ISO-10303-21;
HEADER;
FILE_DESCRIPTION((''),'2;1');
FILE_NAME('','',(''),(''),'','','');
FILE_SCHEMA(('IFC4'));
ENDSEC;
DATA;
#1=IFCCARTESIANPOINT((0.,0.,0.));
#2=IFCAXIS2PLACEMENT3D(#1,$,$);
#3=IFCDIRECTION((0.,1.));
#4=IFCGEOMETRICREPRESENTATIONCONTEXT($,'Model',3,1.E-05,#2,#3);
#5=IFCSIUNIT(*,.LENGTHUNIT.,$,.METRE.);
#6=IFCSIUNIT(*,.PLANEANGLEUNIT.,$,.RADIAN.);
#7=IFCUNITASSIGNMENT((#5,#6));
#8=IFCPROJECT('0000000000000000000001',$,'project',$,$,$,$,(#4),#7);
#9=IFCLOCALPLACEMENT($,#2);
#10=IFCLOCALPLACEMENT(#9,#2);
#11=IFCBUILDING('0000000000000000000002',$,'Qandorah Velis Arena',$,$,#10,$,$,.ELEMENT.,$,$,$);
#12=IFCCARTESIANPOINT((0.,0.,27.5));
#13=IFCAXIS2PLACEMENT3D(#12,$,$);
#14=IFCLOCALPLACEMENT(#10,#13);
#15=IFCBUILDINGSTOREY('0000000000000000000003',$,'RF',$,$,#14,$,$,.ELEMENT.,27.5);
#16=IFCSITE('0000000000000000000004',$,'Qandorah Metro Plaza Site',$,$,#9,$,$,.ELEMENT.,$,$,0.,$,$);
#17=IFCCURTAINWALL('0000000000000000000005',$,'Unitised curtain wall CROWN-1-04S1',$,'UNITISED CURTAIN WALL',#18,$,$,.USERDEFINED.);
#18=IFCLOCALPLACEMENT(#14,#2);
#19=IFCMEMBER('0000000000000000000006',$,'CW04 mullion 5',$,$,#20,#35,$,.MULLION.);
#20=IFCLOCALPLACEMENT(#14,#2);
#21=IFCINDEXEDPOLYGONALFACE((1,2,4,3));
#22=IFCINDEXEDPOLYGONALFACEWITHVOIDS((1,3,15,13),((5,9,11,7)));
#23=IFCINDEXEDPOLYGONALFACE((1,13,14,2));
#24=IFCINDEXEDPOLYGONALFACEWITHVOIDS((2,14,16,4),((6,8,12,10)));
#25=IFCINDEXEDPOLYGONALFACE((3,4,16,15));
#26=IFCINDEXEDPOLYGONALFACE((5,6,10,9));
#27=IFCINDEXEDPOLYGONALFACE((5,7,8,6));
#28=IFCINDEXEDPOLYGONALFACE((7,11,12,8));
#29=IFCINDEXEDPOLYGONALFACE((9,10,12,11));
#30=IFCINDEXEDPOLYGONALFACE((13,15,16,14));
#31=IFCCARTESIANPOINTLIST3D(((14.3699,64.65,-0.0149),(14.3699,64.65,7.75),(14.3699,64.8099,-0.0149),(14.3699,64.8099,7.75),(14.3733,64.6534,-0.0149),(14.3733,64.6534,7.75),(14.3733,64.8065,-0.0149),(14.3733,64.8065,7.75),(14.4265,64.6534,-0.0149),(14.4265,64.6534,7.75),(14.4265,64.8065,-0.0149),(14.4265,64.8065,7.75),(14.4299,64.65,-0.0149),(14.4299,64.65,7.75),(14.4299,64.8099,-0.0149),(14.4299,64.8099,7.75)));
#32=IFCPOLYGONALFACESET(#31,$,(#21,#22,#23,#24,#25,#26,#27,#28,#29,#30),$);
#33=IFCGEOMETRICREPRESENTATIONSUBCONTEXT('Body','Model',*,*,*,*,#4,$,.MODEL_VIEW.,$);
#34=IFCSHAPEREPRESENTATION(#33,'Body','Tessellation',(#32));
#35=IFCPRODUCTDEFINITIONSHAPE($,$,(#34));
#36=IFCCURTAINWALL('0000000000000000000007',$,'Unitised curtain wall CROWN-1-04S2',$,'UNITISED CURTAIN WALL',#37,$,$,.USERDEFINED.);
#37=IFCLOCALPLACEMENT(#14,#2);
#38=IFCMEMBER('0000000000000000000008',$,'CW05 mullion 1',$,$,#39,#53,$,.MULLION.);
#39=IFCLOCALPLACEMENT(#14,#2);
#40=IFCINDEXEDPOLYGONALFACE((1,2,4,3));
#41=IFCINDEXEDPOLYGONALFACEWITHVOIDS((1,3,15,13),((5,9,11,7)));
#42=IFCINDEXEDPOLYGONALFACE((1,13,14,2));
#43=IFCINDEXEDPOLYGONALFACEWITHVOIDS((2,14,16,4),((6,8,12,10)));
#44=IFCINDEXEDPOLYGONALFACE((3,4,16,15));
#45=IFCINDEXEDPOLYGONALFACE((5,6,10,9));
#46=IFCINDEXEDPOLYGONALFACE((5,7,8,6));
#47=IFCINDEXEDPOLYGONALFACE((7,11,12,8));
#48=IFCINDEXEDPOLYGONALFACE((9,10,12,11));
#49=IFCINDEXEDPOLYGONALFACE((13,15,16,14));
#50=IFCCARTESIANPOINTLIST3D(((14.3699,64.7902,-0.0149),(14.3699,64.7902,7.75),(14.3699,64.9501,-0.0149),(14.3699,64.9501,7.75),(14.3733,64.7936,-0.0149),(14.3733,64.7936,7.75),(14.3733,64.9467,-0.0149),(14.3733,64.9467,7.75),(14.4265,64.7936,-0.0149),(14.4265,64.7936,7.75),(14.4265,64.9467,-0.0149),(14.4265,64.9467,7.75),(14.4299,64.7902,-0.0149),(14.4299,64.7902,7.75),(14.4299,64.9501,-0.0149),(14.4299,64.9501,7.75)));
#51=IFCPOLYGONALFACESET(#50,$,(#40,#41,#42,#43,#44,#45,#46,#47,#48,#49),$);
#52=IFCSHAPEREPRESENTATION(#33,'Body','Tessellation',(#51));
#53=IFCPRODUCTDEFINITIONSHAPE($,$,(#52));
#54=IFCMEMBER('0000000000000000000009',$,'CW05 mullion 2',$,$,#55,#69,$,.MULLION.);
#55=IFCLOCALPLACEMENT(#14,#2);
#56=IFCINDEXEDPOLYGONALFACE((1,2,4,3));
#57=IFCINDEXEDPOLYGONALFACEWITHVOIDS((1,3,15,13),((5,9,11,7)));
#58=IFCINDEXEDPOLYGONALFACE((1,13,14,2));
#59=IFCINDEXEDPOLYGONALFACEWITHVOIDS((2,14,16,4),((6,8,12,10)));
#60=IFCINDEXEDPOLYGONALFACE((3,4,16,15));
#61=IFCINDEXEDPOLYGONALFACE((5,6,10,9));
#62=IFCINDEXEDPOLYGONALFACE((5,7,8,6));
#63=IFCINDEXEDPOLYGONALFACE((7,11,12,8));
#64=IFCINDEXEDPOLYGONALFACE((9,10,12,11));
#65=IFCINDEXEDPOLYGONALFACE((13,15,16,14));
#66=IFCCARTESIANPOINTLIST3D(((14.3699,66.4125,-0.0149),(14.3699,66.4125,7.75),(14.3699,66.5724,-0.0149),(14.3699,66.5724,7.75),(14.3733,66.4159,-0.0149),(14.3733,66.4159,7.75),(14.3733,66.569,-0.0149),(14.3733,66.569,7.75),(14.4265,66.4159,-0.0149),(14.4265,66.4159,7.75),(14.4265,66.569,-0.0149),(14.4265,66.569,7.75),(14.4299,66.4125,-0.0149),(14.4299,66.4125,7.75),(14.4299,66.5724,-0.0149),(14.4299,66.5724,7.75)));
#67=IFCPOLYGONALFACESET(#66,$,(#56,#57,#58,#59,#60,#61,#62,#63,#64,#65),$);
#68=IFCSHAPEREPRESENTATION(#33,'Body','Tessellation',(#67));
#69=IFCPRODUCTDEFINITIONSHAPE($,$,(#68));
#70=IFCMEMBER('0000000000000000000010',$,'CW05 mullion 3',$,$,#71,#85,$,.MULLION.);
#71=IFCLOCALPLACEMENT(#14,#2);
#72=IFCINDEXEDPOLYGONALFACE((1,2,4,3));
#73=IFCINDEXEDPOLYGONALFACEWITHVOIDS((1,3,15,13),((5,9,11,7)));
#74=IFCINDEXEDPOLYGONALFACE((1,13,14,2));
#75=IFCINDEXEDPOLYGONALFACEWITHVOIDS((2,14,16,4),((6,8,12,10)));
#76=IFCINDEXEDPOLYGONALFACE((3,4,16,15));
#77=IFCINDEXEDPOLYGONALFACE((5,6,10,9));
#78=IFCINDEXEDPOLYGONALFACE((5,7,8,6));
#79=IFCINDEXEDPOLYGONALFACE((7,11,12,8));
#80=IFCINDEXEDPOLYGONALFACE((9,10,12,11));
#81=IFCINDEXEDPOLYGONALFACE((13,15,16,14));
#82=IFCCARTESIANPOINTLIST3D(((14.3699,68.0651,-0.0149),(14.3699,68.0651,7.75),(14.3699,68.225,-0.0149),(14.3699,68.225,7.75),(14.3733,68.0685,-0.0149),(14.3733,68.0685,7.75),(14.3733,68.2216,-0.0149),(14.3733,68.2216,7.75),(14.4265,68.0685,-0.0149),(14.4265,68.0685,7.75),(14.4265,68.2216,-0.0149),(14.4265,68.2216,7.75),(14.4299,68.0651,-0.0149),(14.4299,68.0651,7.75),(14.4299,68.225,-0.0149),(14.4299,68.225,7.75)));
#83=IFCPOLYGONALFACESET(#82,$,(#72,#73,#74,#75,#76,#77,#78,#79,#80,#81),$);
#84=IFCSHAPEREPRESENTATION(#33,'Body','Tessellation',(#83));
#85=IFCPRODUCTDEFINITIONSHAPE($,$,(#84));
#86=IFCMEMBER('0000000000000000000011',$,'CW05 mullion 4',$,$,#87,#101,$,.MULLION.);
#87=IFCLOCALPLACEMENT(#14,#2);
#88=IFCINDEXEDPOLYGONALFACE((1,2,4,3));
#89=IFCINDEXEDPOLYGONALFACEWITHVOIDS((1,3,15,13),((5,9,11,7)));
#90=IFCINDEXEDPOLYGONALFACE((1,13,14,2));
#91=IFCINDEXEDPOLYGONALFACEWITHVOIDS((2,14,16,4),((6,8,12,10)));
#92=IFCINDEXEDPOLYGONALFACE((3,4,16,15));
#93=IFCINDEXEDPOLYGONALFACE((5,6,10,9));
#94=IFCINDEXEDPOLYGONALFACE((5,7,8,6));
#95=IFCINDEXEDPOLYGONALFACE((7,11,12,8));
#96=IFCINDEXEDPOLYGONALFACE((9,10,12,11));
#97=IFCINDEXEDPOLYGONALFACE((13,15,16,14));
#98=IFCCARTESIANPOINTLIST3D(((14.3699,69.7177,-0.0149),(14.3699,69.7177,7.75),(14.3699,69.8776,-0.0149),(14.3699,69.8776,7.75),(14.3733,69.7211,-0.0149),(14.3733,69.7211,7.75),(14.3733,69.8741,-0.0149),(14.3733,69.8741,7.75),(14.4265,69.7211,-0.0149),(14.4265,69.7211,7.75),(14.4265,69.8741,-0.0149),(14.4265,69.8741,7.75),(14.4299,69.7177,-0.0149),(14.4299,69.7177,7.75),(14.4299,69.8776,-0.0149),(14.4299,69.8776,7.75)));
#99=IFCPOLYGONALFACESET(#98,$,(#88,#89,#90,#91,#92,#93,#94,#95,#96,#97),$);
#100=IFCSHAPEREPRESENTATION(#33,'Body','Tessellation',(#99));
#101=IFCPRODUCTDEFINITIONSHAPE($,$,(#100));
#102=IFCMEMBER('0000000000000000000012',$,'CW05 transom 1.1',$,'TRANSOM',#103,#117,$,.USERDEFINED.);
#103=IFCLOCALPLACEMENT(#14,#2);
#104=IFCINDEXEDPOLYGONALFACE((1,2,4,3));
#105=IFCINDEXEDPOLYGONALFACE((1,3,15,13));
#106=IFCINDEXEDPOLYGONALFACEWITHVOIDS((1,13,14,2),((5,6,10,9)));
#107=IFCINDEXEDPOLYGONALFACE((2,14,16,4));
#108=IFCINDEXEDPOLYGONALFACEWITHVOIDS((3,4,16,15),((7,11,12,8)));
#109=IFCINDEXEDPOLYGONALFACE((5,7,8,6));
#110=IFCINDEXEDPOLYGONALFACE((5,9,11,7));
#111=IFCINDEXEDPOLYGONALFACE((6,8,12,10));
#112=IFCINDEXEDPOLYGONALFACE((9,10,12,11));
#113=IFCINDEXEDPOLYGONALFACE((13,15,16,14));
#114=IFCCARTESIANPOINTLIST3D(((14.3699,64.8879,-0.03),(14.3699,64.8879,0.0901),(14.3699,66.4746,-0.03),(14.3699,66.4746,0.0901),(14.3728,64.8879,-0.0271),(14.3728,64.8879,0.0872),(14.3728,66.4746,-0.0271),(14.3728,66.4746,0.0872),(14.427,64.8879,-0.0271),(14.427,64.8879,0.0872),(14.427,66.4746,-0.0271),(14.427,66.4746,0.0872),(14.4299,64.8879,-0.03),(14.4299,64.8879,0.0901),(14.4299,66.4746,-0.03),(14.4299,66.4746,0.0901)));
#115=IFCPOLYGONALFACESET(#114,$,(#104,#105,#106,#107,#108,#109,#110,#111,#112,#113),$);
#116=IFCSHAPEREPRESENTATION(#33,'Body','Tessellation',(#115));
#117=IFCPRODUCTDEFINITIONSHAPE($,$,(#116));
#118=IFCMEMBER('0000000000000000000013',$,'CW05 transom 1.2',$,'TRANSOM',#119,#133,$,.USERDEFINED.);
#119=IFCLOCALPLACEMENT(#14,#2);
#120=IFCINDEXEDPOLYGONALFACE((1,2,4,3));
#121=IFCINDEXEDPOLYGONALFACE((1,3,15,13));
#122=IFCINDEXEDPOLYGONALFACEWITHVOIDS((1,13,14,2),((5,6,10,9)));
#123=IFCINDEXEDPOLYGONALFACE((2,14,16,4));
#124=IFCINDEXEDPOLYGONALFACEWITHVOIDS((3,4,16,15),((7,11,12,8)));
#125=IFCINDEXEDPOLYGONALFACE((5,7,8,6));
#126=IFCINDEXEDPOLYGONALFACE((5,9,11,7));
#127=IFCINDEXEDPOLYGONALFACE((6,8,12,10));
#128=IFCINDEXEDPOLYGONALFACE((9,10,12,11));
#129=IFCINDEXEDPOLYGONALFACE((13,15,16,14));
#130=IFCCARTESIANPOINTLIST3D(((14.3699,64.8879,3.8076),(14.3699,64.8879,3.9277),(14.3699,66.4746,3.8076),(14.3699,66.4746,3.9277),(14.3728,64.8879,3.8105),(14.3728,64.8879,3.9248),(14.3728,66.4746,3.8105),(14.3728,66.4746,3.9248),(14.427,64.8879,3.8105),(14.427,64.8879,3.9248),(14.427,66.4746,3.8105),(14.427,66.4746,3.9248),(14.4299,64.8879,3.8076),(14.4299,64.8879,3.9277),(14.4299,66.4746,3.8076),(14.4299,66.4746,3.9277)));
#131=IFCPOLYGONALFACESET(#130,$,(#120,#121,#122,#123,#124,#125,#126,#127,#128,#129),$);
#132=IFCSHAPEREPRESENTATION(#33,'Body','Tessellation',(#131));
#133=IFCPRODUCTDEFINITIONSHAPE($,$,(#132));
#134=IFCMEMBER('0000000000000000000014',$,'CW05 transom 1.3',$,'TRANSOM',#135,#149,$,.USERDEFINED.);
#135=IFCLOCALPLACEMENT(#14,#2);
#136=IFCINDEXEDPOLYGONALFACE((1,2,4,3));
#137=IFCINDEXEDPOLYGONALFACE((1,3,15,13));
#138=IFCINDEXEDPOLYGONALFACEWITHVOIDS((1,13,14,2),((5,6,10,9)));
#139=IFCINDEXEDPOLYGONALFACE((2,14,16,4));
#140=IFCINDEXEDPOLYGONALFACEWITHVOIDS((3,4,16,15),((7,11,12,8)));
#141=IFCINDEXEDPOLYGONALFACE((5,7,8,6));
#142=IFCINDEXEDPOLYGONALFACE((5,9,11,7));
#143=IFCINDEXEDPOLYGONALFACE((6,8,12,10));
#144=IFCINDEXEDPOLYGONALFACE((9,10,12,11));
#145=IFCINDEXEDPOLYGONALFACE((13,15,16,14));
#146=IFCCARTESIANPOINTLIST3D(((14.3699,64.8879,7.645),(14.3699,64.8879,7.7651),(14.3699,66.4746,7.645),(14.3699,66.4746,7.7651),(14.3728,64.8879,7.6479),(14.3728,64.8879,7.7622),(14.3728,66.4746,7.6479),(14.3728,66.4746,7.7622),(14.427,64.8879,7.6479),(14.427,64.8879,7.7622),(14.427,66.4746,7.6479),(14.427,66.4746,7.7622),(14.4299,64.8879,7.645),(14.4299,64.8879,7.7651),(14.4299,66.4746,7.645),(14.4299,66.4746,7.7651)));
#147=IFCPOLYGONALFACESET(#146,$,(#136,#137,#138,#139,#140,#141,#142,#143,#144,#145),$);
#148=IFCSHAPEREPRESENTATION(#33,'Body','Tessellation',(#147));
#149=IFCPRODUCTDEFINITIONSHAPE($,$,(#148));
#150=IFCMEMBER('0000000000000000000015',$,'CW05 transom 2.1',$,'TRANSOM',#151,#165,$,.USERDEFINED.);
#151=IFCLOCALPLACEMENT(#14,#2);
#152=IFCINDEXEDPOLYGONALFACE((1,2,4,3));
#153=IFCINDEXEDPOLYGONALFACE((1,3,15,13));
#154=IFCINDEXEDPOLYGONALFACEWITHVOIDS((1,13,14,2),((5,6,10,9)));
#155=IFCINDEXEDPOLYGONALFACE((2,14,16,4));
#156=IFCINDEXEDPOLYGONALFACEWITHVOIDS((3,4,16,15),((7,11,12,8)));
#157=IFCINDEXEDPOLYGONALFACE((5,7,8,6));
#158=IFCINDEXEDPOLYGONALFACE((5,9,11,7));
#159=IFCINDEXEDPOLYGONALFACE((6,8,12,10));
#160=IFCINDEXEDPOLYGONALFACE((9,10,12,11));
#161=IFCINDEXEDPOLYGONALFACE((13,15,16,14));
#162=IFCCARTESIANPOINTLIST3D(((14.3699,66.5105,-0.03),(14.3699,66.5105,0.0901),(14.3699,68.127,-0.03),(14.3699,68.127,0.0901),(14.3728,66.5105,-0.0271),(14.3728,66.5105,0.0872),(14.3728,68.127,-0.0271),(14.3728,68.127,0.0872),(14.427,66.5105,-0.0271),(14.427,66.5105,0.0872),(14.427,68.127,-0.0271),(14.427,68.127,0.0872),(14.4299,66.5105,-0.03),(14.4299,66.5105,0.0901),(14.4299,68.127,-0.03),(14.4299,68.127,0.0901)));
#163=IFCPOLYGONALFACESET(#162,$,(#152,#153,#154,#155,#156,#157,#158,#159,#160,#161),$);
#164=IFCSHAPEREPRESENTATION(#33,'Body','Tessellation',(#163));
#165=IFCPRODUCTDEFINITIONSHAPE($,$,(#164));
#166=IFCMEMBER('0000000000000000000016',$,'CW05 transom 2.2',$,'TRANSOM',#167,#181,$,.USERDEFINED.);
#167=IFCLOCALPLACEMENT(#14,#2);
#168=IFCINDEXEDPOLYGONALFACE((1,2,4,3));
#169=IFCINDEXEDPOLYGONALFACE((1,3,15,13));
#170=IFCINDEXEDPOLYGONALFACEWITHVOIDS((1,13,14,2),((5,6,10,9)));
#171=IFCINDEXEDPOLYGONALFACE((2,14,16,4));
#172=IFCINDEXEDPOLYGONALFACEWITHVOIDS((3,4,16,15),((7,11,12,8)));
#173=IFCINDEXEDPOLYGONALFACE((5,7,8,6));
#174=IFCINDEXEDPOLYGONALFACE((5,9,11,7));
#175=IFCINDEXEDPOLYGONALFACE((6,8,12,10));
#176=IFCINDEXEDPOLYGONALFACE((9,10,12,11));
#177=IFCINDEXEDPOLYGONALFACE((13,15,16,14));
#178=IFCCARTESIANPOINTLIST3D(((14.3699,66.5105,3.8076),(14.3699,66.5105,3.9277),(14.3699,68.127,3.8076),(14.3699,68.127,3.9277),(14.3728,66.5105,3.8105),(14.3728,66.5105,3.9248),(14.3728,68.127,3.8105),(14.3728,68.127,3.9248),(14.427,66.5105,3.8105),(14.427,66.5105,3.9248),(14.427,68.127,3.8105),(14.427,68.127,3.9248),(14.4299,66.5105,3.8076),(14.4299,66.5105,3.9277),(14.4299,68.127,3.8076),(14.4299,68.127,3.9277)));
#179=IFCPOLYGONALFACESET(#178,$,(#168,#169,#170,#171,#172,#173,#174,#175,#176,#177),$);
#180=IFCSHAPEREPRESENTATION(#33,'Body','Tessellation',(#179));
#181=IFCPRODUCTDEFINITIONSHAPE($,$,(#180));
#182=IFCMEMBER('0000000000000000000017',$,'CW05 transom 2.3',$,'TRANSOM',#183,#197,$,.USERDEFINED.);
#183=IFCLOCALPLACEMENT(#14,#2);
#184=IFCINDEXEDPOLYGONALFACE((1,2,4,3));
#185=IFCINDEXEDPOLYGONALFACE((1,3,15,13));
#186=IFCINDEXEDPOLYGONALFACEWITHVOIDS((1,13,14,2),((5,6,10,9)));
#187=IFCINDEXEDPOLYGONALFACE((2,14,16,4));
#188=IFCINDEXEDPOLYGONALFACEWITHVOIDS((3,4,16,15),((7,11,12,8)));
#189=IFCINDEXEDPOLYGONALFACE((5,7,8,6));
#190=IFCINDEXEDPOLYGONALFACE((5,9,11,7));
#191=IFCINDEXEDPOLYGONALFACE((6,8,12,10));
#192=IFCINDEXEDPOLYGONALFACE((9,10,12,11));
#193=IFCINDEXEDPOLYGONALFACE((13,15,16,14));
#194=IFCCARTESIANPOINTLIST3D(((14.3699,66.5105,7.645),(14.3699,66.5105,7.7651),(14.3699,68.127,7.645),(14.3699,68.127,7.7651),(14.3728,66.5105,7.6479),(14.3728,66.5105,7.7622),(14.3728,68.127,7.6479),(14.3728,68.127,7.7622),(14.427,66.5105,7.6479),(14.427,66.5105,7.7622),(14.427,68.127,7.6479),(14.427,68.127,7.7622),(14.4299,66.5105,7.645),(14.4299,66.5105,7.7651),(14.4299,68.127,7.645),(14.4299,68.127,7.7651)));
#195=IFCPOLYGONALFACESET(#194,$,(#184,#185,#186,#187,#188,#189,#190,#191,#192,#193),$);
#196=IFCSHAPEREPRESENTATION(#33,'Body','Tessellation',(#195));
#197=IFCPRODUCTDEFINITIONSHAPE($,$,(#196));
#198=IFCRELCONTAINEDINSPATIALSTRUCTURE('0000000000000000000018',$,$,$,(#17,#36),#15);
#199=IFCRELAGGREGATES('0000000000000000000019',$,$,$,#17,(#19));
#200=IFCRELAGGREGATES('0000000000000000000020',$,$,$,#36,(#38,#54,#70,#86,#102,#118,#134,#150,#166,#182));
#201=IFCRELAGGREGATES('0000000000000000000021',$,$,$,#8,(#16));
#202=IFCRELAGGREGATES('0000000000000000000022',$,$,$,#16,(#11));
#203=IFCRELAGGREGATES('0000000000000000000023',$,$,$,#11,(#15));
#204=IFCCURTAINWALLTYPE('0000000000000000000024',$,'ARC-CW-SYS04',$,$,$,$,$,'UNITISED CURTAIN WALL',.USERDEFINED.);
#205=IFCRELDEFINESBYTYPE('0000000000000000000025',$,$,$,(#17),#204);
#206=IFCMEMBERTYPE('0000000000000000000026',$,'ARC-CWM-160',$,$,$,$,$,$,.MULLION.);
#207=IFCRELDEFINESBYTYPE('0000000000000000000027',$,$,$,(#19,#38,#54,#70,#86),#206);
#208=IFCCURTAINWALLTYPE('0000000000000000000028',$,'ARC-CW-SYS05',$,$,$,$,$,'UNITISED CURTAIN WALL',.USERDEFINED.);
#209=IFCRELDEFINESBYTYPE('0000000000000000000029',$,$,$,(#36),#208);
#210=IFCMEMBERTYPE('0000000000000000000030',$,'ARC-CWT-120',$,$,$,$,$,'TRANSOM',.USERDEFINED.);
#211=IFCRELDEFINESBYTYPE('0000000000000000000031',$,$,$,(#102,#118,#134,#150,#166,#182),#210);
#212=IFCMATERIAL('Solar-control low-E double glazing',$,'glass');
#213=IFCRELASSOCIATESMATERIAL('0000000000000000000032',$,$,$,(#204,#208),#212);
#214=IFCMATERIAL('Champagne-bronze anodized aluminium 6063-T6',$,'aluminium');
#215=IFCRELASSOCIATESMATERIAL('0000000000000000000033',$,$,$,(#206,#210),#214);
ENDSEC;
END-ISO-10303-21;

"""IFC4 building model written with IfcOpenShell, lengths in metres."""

from ifc_helpers import new_model, si_unit, direction, frame, origin, origin_2d, place, context, subcontext, project, spatial, hollow_rectangle, extrude, material, material_profile, profile_set, type_object, element, aggregate, save


model = new_model("IFC4")

# Units and contexts
model_context = context("Model", 3, precision=1e-05, world=origin(), true_north=direction((0.0, 1.0)))
body_context = subcontext(model_context, "Body", "Model", "MODEL_VIEW")
ifc_project = project(units=[si_unit("LENGTHUNIT", "METRE"), si_unit("PLANEANGLEUNIT", "RADIAN")], contexts=[model_context])

# Site, building, storey
site_placement = place(None, origin())
site = spatial("IfcSite", under=ifc_project, at=site_placement, Name="Qandorah Metro Plaza Site", CompositionType="ELEMENT", RefElevation=0.0)
building_placement = place(site_placement, origin())
building = spatial("IfcBuilding", under=site, at=building_placement, Name="Qandorah Velis Arena", CompositionType="ELEMENT")
storey_placement = place(building_placement, frame((0.0, 0.0, 27.5)))
storey = spatial("IfcBuildingStorey", under=building, at=storey_placement, Name="RF", CompositionType="ELEMENT", Elevation=27.5)

# Curtain wall, member
ifc_material_1 = material(Name="Solar-control low-E double glazing", Category="glass")
curtain_wall_type_1 = type_object("IfcCurtainWallType", Name="ARC-CW-SYS04", ElementType="UNITISED CURTAIN WALL", PredefinedType="USERDEFINED", material=ifc_material_1)
curtain_wall_1_placement = place(storey_placement, origin())
curtain_wall_1 = element("IfcCurtainWall", 1, at=curtain_wall_1_placement, inside=storey, type_object=curtain_wall_type_1, Name="Unitised curtain wall CROWN-1-04S1", ObjectType="UNITISED CURTAIN WALL", PredefinedType="USERDEFINED")
ifc_material_2 = material(Name="Champagne-bronze anodized aluminium 6063-T6", Category="aluminium")
ifc_material_profile_1 = material_profile(ifc_material_2, hollow_rectangle(XDim=0.0601, YDim=0.1599, WallThickness=0.0034, at=origin_2d()), Name="ALU MULLION 60x160")
ifc_profile_set_1 = profile_set([ifc_material_profile_1], Name="Champagne-bronze anodized aluminium 6063-T6")
member_type_1 = type_object("IfcMemberType", Name="ARC-CWM-160", PredefinedType="MULLION", material=ifc_profile_set_1)
member_1_placement = place(storey_placement, frame((14.3999, 64.73, -0.0149), z_axis=(0.0, 0.0, 1.0), x_axis=(-1.0, 0.0, 0.0)))
member_1 = element("IfcMember", 2, at=member_1_placement, type_object=member_type_1, Name="CW04 mullion 5", PredefinedType="MULLION", context=body_context, shape_type="SweptSolid", body=[
    extrude(hollow_rectangle(XDim=0.0601, YDim=0.1599, WallThickness=0.0034, at=origin_2d()), origin(), (0.0, 0.0, 1.0), 7.7649),
])

# Curtain wall, members
curtain_wall_type_2 = type_object("IfcCurtainWallType", Name="ARC-CW-SYS05", ElementType="UNITISED CURTAIN WALL", PredefinedType="USERDEFINED", material=ifc_material_1)
curtain_wall_2_placement = place(storey_placement, origin())
curtain_wall_2 = element("IfcCurtainWall", 3, at=curtain_wall_2_placement, inside=storey, type_object=curtain_wall_type_2, Name="Unitised curtain wall CROWN-1-04S2", ObjectType="UNITISED CURTAIN WALL", PredefinedType="USERDEFINED")
member_2_placement = place(storey_placement, frame((14.3999, 64.8701, -0.0149), z_axis=(0.0, 0.0, 1.0), x_axis=(-1.0, 0.0, 0.0)))
member_2 = element("IfcMember", 4, at=member_2_placement, type_object=member_type_1, Name="CW05 mullion 1", PredefinedType="MULLION", context=body_context, shape_type="SweptSolid", body=[
    extrude(hollow_rectangle(XDim=0.0601, YDim=0.1599, WallThickness=0.0034, at=origin_2d()), origin(), (0.0, 0.0, 1.0), 7.7649),
])
member_3_placement = place(storey_placement, frame((14.3999, 66.4924, -0.0149), z_axis=(0.0, 0.0, 1.0), x_axis=(-1.0, 0.0, 0.0)))
member_3 = element("IfcMember", 5, at=member_3_placement, type_object=member_type_1, Name="CW05 mullion 2", PredefinedType="MULLION", context=body_context, shape_type="SweptSolid", body=[
    extrude(hollow_rectangle(XDim=0.0601, YDim=0.1599, WallThickness=0.0034, at=origin_2d()), origin(), (0.0, 0.0, 1.0), 7.7649),
])
member_4_placement = place(storey_placement, frame((14.3999, 68.145, -0.0149), z_axis=(0.0, 0.0, 1.0), x_axis=(-1.0, 0.0, 0.0)))
member_4 = element("IfcMember", 6, at=member_4_placement, type_object=member_type_1, Name="CW05 mullion 3", PredefinedType="MULLION", context=body_context, shape_type="SweptSolid", body=[
    extrude(hollow_rectangle(XDim=0.0601, YDim=0.1599, WallThickness=0.0034, at=origin_2d()), origin(), (0.0, 0.0, 1.0), 7.7649),
])
member_5_placement = place(storey_placement, frame((14.3999, 69.7976, -0.0149), z_axis=(0.0, 0.0, 1.0), x_axis=(-1.0, 0.0, 0.0)))
member_5 = element("IfcMember", 7, at=member_5_placement, type_object=member_type_1, Name="CW05 mullion 4", PredefinedType="MULLION", context=body_context, shape_type="SweptSolid", body=[
    extrude(hollow_rectangle(XDim=0.0601, YDim=0.1599, WallThickness=0.0034, at=origin_2d()), origin(), (0.0, 0.0, 1.0), 7.7649),
])
ifc_material_profile_2 = material_profile(ifc_material_2, hollow_rectangle(XDim=0.0601, YDim=0.1201, WallThickness=0.0029, at=origin_2d()), Name="ALU TRANSOM 60x120")
ifc_profile_set_2 = profile_set([ifc_material_profile_2], Name="Champagne-bronze anodized aluminium 6063-T6")
member_type_2 = type_object("IfcMemberType", Name="ARC-CWT-120", ElementType="TRANSOM", PredefinedType="USERDEFINED", material=ifc_profile_set_2)
member_6_placement = place(storey_placement, frame((14.3999, 64.8879, 0.03), z_axis=(0.0, 1.0, 0.0), x_axis=(-1.0, 0.0, 0.0)))
member_6 = element("IfcMember", 8, at=member_6_placement, type_object=member_type_2, Name="CW05 transom 1.1", ObjectType="TRANSOM", PredefinedType="USERDEFINED", context=body_context, shape_type="SweptSolid", body=[
    extrude(hollow_rectangle(XDim=0.0601, YDim=0.1201, WallThickness=0.0029, at=origin_2d()), origin(), (0.0, 0.0, 1.0), 1.5867),
])
member_7_placement = place(storey_placement, frame((14.3999, 64.8879, 3.8677), z_axis=(0.0, 1.0, 0.0), x_axis=(-1.0, 0.0, 0.0)))
member_7 = element("IfcMember", 9, at=member_7_placement, type_object=member_type_2, Name="CW05 transom 1.2", ObjectType="TRANSOM", PredefinedType="USERDEFINED", context=body_context, shape_type="SweptSolid", body=[
    extrude(hollow_rectangle(XDim=0.0601, YDim=0.1201, WallThickness=0.0029, at=origin_2d()), origin(), (0.0, 0.0, 1.0), 1.5867),
])
member_8_placement = place(storey_placement, frame((14.3999, 64.8879, 7.7051), z_axis=(0.0, 1.0, 0.0), x_axis=(-1.0, 0.0, 0.0)))
member_8 = element("IfcMember", 10, at=member_8_placement, type_object=member_type_2, Name="CW05 transom 1.3", ObjectType="TRANSOM", PredefinedType="USERDEFINED", context=body_context, shape_type="SweptSolid", body=[
    extrude(hollow_rectangle(XDim=0.0601, YDim=0.1201, WallThickness=0.0029, at=origin_2d()), origin(), (0.0, 0.0, 1.0), 1.5867),
])
member_9_placement = place(storey_placement, frame((14.3999, 66.5105, 0.03), z_axis=(0.0, 1.0, 0.0), x_axis=(-1.0, 0.0, 0.0)))
member_9 = element("IfcMember", 11, at=member_9_placement, type_object=member_type_2, Name="CW05 transom 2.1", ObjectType="TRANSOM", PredefinedType="USERDEFINED", context=body_context, shape_type="SweptSolid", body=[
    extrude(hollow_rectangle(XDim=0.0601, YDim=0.1201, WallThickness=0.0029, at=origin_2d()), origin(), (0.0, 0.0, 1.0), 1.6165),
])
member_10_placement = place(storey_placement, frame((14.3999, 66.5105, 3.8677), z_axis=(0.0, 1.0, 0.0), x_axis=(-1.0, 0.0, 0.0)))
member_10 = element("IfcMember", 12, at=member_10_placement, type_object=member_type_2, Name="CW05 transom 2.2", ObjectType="TRANSOM", PredefinedType="USERDEFINED", context=body_context, shape_type="SweptSolid", body=[
    extrude(hollow_rectangle(XDim=0.0601, YDim=0.1201, WallThickness=0.0029, at=origin_2d()), origin(), (0.0, 0.0, 1.0), 1.6165),
])
member_11_placement = place(storey_placement, frame((14.3999, 66.5105, 7.7051), z_axis=(0.0, 1.0, 0.0), x_axis=(-1.0, 0.0, 0.0)))
member_11 = element("IfcMember", 13, at=member_11_placement, type_object=member_type_2, Name="CW05 transom 2.3", ObjectType="TRANSOM", PredefinedType="USERDEFINED", context=body_context, shape_type="SweptSolid", body=[
    extrude(hollow_rectangle(XDim=0.0601, YDim=0.1201, WallThickness=0.0029, at=origin_2d()), origin(), (0.0, 0.0, 1.0), 1.6165),
])

aggregate(curtain_wall_1, [member_1])
aggregate(curtain_wall_2, [member_2, member_3, member_4, member_5, member_6, member_7, member_8, member_9, member_10, member_11])

save(model, "model.ifc")
